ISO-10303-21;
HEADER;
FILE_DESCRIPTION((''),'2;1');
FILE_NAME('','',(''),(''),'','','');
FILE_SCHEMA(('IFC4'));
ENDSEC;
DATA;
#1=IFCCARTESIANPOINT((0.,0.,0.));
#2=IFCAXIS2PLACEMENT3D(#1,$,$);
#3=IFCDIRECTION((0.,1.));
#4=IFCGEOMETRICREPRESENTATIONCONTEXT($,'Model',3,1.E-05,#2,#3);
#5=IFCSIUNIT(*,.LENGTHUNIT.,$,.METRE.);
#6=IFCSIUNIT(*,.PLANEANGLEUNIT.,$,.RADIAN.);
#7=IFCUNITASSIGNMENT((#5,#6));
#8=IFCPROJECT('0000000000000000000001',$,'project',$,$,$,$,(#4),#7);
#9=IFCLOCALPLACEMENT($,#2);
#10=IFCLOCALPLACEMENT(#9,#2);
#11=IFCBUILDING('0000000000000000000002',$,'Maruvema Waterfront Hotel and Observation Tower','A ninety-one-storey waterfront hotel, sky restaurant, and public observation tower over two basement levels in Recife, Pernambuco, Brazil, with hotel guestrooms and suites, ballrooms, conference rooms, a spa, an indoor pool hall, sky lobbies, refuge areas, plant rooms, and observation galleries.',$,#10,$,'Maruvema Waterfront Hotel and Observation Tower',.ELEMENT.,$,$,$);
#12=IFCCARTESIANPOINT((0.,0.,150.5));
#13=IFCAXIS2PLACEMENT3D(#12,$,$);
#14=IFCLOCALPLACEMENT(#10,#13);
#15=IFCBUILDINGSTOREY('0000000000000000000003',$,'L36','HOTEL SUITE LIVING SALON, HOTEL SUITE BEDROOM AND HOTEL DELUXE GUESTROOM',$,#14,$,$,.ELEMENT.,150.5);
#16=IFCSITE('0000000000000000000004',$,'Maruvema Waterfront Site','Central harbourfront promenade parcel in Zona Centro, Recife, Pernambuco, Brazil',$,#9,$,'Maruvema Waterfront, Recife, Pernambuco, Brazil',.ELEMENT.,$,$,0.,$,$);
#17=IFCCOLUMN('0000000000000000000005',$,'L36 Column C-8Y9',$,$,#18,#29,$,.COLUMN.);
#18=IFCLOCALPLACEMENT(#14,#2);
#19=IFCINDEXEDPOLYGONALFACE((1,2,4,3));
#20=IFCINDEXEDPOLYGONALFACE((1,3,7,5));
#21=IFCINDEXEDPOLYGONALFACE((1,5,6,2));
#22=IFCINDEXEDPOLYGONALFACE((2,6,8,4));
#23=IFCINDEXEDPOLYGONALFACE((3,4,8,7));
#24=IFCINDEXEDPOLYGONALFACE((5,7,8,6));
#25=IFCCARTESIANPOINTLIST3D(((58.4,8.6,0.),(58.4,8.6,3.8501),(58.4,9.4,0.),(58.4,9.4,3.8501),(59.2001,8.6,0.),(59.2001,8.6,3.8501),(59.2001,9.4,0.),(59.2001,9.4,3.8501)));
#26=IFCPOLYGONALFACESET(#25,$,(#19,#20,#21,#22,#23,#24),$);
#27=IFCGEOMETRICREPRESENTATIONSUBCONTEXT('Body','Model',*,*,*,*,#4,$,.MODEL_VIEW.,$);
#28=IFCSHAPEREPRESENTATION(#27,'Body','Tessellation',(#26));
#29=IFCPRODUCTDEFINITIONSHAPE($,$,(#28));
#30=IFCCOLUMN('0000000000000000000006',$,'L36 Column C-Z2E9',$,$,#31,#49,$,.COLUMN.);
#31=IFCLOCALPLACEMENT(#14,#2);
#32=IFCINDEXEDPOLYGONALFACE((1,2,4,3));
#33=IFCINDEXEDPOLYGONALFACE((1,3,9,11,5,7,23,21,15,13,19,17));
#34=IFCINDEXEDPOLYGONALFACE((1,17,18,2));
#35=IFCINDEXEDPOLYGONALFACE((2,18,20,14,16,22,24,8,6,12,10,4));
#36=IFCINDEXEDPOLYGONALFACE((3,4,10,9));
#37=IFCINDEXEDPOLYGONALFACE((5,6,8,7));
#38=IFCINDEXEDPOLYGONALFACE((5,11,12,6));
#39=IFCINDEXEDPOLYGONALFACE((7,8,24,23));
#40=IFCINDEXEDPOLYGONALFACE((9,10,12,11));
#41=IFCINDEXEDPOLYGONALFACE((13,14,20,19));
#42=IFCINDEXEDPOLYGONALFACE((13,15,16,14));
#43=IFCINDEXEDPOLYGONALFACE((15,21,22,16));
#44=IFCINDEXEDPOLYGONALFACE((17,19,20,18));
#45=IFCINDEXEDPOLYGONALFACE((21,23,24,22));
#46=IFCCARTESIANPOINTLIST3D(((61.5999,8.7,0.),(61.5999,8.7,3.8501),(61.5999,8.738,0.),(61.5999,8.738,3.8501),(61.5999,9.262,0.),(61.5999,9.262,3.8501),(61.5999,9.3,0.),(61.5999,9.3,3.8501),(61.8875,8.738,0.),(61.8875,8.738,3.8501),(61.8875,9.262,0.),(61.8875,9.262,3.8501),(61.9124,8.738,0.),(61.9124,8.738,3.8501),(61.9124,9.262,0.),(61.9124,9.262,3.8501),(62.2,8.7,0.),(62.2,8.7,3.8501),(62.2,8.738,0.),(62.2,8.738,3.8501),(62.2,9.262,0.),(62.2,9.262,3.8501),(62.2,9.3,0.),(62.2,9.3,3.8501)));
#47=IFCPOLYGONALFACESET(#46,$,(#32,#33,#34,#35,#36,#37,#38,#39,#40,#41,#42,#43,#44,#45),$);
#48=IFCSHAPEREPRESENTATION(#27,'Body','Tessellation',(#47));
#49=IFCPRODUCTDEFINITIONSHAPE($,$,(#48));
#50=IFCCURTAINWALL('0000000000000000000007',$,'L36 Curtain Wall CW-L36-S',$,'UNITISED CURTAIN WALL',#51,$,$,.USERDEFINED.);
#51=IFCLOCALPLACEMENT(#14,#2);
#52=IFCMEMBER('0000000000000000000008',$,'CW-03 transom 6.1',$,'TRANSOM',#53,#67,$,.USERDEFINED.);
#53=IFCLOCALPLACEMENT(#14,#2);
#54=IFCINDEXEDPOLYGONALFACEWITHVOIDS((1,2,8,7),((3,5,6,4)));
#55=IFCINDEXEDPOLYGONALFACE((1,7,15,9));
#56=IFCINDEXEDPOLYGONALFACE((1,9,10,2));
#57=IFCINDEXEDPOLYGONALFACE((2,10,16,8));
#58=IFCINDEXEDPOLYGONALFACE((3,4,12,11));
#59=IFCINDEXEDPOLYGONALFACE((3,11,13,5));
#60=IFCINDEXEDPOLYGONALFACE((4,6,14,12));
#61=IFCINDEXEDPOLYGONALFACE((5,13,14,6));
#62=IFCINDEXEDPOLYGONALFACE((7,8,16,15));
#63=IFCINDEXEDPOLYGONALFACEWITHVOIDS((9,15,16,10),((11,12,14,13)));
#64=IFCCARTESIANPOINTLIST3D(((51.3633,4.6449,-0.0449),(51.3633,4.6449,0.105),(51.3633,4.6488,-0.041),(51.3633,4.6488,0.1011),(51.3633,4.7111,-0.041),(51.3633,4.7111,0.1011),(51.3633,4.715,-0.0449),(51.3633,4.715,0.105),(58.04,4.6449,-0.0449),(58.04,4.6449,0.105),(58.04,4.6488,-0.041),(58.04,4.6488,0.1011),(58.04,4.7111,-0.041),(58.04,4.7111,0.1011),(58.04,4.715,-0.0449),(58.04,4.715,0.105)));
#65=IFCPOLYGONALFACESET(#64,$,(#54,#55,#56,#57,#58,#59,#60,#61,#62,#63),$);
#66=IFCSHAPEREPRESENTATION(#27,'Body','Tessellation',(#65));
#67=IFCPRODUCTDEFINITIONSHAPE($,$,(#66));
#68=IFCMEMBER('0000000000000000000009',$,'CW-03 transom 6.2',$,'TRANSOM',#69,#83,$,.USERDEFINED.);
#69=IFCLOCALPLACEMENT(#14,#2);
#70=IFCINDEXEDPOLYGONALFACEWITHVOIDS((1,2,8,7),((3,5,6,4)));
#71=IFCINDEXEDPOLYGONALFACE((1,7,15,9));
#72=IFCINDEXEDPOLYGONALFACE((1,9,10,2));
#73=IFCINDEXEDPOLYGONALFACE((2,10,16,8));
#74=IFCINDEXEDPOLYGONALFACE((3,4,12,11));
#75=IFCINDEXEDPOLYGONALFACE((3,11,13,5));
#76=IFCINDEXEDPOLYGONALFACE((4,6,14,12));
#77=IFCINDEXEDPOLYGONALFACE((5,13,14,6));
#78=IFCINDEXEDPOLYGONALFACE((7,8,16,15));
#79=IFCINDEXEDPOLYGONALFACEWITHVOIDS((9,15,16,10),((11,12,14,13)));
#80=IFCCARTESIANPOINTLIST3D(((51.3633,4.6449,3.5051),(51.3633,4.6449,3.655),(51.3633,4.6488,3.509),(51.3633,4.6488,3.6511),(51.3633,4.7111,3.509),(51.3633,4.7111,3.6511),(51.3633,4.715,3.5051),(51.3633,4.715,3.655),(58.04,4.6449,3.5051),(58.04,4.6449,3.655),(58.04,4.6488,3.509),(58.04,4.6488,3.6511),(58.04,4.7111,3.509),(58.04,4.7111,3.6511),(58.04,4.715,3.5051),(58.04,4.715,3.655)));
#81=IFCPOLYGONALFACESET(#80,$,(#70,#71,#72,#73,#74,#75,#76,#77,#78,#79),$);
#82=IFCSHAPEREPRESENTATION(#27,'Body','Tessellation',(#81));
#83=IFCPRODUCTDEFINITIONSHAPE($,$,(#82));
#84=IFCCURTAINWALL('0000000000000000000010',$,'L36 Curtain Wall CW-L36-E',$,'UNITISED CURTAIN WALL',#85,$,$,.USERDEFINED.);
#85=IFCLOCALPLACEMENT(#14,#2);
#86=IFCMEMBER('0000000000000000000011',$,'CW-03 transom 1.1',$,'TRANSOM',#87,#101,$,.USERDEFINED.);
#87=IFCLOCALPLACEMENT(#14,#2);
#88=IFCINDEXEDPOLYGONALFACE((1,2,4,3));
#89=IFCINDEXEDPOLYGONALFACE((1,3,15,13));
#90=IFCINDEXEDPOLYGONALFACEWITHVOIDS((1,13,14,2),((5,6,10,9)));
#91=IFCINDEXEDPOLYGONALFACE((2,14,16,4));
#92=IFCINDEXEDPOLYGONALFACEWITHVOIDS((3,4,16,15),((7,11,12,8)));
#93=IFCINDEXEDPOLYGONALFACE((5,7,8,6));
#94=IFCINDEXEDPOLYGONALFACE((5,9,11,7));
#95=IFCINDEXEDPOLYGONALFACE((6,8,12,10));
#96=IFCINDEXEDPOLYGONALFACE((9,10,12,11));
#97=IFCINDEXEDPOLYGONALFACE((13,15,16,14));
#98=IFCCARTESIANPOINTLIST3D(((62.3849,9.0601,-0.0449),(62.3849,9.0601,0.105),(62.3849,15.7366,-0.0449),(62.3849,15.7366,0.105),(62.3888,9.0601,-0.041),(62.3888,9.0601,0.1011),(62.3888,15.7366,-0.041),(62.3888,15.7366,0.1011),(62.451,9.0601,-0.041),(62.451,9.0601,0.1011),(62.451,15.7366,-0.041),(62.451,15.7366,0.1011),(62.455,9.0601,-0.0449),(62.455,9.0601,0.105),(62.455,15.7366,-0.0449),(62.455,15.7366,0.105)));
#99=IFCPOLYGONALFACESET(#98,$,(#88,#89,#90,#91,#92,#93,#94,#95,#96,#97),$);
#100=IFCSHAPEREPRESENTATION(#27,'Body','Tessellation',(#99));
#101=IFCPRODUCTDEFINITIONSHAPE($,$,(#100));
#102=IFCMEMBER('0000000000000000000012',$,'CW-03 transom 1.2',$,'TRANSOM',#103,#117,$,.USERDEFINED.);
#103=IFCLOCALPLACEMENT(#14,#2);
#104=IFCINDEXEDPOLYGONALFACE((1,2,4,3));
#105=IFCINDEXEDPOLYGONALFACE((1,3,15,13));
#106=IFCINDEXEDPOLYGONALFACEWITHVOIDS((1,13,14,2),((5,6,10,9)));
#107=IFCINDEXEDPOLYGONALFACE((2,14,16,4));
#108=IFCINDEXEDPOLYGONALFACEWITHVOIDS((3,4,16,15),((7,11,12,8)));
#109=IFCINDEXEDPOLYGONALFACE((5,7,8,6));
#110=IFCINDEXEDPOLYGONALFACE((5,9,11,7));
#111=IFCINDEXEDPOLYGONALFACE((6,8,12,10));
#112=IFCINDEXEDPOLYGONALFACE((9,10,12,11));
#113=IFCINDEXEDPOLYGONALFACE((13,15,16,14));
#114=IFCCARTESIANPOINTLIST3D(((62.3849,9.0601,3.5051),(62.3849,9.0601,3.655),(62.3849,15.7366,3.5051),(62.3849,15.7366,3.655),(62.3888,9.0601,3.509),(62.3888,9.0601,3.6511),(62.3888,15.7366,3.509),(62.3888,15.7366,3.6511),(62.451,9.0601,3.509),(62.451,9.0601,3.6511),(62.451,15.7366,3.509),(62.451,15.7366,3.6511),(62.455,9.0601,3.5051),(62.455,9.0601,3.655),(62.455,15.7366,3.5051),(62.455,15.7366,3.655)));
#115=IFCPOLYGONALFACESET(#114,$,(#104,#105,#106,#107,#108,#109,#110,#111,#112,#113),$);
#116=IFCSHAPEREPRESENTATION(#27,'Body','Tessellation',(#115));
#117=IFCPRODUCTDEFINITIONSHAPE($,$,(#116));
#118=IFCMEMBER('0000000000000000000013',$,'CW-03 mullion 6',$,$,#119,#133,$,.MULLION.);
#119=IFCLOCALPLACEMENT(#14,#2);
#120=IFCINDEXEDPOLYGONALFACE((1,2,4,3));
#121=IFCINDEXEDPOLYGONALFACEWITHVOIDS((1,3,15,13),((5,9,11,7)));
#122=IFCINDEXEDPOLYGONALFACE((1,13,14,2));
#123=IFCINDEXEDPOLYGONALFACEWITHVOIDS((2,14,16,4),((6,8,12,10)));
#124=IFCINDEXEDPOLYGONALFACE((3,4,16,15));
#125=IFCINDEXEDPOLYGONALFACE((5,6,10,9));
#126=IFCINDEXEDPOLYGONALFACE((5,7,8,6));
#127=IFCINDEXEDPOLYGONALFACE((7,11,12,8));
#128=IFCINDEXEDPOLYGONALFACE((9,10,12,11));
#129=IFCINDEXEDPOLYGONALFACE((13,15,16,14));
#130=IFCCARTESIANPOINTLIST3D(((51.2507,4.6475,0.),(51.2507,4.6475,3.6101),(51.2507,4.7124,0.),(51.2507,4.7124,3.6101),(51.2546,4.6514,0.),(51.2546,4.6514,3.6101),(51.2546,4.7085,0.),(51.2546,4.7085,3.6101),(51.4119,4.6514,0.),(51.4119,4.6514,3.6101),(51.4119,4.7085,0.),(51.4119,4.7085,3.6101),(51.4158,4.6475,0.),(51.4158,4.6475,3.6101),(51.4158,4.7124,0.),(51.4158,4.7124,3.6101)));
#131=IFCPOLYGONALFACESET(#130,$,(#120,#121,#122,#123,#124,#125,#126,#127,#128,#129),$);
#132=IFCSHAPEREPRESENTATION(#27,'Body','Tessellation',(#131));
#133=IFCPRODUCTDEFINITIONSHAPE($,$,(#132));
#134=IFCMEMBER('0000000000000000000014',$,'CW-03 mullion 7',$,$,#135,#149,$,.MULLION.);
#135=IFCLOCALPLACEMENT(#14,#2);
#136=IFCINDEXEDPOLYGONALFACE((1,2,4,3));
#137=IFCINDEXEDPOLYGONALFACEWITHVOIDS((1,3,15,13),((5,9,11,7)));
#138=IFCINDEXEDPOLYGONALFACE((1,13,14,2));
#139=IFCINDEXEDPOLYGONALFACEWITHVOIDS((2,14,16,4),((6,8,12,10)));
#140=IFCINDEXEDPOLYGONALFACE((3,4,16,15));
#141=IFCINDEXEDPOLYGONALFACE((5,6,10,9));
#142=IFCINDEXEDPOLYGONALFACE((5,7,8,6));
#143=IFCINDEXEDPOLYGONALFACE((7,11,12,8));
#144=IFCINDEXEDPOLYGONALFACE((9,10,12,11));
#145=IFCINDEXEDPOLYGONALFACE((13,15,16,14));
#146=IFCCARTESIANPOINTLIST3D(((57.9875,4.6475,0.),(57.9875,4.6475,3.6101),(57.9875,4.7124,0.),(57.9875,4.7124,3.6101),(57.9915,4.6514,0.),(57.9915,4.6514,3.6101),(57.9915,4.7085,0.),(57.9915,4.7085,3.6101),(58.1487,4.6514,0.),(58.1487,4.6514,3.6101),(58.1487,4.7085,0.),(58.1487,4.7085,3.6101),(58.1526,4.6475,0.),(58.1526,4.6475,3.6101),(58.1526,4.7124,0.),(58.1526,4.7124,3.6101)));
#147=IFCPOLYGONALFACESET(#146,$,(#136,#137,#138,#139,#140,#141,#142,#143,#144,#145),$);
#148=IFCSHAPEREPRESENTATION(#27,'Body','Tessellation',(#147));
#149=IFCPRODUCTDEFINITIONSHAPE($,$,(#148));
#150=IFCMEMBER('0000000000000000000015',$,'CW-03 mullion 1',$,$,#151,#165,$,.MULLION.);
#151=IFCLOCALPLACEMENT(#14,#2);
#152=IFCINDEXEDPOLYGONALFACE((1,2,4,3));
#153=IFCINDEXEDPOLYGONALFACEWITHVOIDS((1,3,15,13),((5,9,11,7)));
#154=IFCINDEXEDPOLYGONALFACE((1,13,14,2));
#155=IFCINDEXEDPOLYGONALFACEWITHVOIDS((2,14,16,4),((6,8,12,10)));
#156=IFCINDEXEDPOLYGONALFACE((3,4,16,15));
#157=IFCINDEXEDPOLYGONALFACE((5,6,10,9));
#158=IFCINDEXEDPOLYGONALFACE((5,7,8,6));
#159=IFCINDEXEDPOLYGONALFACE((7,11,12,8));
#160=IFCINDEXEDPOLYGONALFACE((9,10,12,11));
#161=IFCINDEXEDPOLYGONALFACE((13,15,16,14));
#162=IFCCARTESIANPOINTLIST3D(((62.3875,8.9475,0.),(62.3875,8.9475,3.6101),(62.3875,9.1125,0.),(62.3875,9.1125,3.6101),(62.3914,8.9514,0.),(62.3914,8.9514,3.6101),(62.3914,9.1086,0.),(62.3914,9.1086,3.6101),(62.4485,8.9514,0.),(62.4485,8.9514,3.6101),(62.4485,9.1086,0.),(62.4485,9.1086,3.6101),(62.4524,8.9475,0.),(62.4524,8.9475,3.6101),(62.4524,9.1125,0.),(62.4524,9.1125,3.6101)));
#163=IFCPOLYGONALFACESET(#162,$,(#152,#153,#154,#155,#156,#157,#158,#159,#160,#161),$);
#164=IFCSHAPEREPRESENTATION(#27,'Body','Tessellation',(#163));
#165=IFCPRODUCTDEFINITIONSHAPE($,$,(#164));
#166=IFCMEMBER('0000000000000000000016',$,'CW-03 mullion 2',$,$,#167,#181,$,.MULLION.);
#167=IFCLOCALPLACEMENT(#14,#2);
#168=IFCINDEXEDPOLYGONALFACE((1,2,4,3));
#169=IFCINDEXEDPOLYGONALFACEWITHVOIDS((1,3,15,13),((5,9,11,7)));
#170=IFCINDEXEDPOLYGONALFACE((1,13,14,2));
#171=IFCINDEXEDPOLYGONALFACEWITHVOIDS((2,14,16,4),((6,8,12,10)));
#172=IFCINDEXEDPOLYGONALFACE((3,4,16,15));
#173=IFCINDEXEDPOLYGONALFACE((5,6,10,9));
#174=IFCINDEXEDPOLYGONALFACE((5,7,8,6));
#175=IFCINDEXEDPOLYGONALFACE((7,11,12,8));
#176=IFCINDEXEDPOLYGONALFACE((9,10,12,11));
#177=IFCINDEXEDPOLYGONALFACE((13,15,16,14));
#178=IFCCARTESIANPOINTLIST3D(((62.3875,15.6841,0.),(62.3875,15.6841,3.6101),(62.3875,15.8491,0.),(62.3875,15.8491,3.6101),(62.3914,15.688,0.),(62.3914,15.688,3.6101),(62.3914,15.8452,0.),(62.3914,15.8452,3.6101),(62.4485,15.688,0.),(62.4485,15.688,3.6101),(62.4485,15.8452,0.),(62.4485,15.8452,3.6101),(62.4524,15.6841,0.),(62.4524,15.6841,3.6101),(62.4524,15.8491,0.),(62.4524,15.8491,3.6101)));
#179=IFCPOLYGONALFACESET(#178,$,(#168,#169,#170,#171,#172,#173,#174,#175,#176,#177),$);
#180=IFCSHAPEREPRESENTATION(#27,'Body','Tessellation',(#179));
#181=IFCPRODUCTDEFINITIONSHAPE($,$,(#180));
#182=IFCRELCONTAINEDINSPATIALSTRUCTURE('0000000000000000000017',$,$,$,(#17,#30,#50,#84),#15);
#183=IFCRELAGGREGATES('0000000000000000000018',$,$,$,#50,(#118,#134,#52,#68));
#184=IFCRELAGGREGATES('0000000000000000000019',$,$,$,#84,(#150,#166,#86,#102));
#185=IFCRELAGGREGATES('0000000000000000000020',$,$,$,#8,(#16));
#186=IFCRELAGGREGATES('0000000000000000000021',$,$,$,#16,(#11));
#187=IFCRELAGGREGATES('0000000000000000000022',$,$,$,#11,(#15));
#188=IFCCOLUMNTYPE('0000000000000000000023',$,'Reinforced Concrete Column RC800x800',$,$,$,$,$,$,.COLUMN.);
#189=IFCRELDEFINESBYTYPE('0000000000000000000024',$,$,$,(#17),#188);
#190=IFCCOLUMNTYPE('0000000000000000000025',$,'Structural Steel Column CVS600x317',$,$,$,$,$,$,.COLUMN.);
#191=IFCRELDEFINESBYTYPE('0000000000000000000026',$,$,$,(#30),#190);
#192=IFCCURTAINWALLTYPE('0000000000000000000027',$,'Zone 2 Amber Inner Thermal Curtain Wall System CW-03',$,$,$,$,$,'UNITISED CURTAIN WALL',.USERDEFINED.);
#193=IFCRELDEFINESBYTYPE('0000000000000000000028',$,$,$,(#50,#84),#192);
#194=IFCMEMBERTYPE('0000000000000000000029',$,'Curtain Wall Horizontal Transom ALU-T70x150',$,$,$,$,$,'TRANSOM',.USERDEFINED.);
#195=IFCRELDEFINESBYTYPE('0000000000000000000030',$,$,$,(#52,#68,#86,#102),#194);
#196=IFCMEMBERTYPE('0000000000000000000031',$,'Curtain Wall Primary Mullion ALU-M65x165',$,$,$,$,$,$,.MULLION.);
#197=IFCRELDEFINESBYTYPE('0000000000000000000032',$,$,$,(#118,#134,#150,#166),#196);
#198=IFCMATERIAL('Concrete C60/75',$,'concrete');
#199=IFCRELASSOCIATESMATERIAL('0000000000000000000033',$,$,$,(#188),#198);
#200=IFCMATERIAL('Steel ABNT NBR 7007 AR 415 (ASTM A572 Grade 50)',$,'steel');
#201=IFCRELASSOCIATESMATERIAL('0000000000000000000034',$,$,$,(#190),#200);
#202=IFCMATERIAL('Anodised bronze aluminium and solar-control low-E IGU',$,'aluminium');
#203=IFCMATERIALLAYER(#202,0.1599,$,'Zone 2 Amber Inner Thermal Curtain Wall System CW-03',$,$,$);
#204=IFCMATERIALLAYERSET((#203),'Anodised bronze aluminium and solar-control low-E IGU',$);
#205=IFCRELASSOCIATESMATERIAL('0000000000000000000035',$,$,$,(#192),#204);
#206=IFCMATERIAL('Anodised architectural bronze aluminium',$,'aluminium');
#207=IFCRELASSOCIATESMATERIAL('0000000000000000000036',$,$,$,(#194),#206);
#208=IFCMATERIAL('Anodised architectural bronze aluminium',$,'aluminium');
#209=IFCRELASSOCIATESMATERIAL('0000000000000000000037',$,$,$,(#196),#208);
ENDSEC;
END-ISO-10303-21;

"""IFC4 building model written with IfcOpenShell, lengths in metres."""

from ifc_helpers import new_model, si_unit, direction, frame, origin, origin_2d, place, context, subcontext, project, spatial, rectangle, hollow_rectangle, i_section, extrude, material, layer, layer_set, material_profile, profile_set, type_object, element, aggregate, save


model = new_model("IFC4")

# Units and contexts
model_context = context("Model", 3, precision=1e-05, world=origin(), true_north=direction((0.0, 1.0)))
body_context = subcontext(model_context, "Body", "Model", "MODEL_VIEW")
ifc_project = project(units=[si_unit("LENGTHUNIT", "METRE"), si_unit("PLANEANGLEUNIT", "RADIAN")], contexts=[model_context])

# Site, building, storey
site_placement = place(None, origin())
site = spatial("IfcSite", under=ifc_project, at=site_placement, Name="Maruvema Waterfront Site", Description="Central harbourfront promenade parcel in Zona Centro, Recife, Pernambuco, Brazil", LongName="Maruvema Waterfront, Recife, Pernambuco, Brazil", CompositionType="ELEMENT", RefElevation=0.0)
building_placement = place(site_placement, origin())
building = spatial("IfcBuilding", under=site, at=building_placement, Name="Maruvema Waterfront Hotel and Observation Tower", Description="A ninety-one-storey waterfront hotel, sky restaurant, and public observation tower over two basement levels in Recife, Pernambuco, Brazil, with hotel guestrooms and suites, ballrooms, conference rooms, a spa, an indoor pool hall, sky lobbies, refuge areas, plant rooms, and observation galleries.", LongName="Maruvema Waterfront Hotel and Observation Tower", CompositionType="ELEMENT")
storey_placement = place(building_placement, frame((0.0, 0.0, 150.5)))
storey = spatial("IfcBuildingStorey", under=building, at=storey_placement, Name="L36", Description="HOTEL SUITE LIVING SALON, HOTEL SUITE BEDROOM AND HOTEL DELUXE GUESTROOM", CompositionType="ELEMENT", Elevation=150.5)

# Columns
ifc_material_1 = material(Name="Concrete C60/75", Category="concrete")
ifc_material_profile_1 = material_profile(ifc_material_1, rectangle(XDim=0.8, YDim=0.8, at=origin_2d()), Name="RC800x800")
ifc_profile_set_1 = profile_set([ifc_material_profile_1], Name="Concrete C60/75")
column_type_1 = type_object("IfcColumnType", Name="Reinforced Concrete Column RC800x800", PredefinedType="COLUMN", material=ifc_profile_set_1)
column_1_placement = place(storey_placement, frame((58.8, 9.0, 0.0), z_axis=(0.0, 0.0, 1.0), x_axis=(1.0, 0.0, 0.0)))
element("IfcColumn", 1, at=column_1_placement, inside=storey, type_object=column_type_1, Name="L36 Column C-8Y9", PredefinedType="COLUMN", context=body_context, shape_type="SweptSolid", body=[
    extrude(rectangle(XDim=0.8, YDim=0.8, at=origin_2d()), origin(), (0.0, 0.0, 1.0), 3.8501),
])
ifc_material_2 = material(Name="Steel ABNT NBR 7007 AR 415 (ASTM A572 Grade 50)", Category="steel")
ifc_material_profile_2 = material_profile(ifc_material_2, i_section(OverallWidth=0.6001, OverallDepth=0.6001, WebThickness=0.0249, FlangeThickness=0.0381, at=origin_2d()), Name="CVS600x317")
ifc_profile_set_2 = profile_set([ifc_material_profile_2], Name="Steel ABNT NBR 7007 AR 415 (ASTM A572 Grade 50)")
column_type_2 = type_object("IfcColumnType", Name="Structural Steel Column CVS600x317", PredefinedType="COLUMN", material=ifc_profile_set_2)
column_2_placement = place(storey_placement, frame((61.8999, 9.0, 0.0), z_axis=(0.0, 0.0, 1.0), x_axis=(1.0, 0.0, 0.0)))
element("IfcColumn", 2, at=column_2_placement, inside=storey, type_object=column_type_2, Name="L36 Column C-Z2E9", PredefinedType="COLUMN", context=body_context, shape_type="SweptSolid", body=[
    extrude(i_section(OverallWidth=0.6001, OverallDepth=0.6001, WebThickness=0.0249, FlangeThickness=0.0381, at=origin_2d()), origin(), (0.0, 0.0, 1.0), 3.8501),
])

# Curtain walls, members
ifc_material_3 = material(Name="Anodised bronze aluminium and solar-control low-E IGU", Category="aluminium")
ifc_layer_1 = layer(ifc_material_3, 0.1599, Name="Zone 2 Amber Inner Thermal Curtain Wall System CW-03")
ifc_layer_set_1 = layer_set([ifc_layer_1], Name="Anodised bronze aluminium and solar-control low-E IGU")
curtain_wall_type = type_object("IfcCurtainWallType", Name="Zone 2 Amber Inner Thermal Curtain Wall System CW-03", ElementType="UNITISED CURTAIN WALL", PredefinedType="USERDEFINED", material=ifc_layer_set_1)
curtain_wall_1_placement = place(storey_placement, origin())
curtain_wall_1 = element("IfcCurtainWall", 3, at=curtain_wall_1_placement, inside=storey, type_object=curtain_wall_type, Name="L36 Curtain Wall CW-L36-S", ObjectType="UNITISED CURTAIN WALL", PredefinedType="USERDEFINED")
ifc_material_4 = material(Name="Anodised architectural bronze aluminium", Category="aluminium")
ifc_material_profile_3 = material_profile(ifc_material_4, hollow_rectangle(XDim=0.0701, YDim=0.1499, WallThickness=0.0039, at=origin_2d()), Name="ALU-T70x150")
ifc_profile_set_3 = profile_set([ifc_material_profile_3], Name="Anodised architectural bronze aluminium")
member_type_1 = type_object("IfcMemberType", Name="Curtain Wall Horizontal Transom ALU-T70x150", ElementType="TRANSOM", PredefinedType="USERDEFINED", material=ifc_profile_set_3)
member_1_placement = place(storey_placement, frame((51.3633, 4.6799, 0.03), z_axis=(1.0, 0.0, 0.0), x_axis=(0.0, 1.0, 0.0)))
member_1 = element("IfcMember", 4, at=member_1_placement, type_object=member_type_1, Name="CW-03 transom 6.1", ObjectType="TRANSOM", PredefinedType="USERDEFINED", context=body_context, shape_type="SweptSolid", body=[
    extrude(hollow_rectangle(XDim=0.0701, YDim=0.1499, WallThickness=0.0039, at=origin_2d()), origin(), (0.0, 0.0, 1.0), 6.6768),
])
member_2_placement = place(storey_placement, frame((51.3633, 4.6799, 3.5801), z_axis=(1.0, 0.0, 0.0), x_axis=(0.0, 1.0, 0.0)))
member_2 = element("IfcMember", 5, at=member_2_placement, type_object=member_type_1, Name="CW-03 transom 6.2", ObjectType="TRANSOM", PredefinedType="USERDEFINED", context=body_context, shape_type="SweptSolid", body=[
    extrude(hollow_rectangle(XDim=0.0701, YDim=0.1499, WallThickness=0.0039, at=origin_2d()), origin(), (0.0, 0.0, 1.0), 6.6768),
])
curtain_wall_2_placement = place(storey_placement, origin())
curtain_wall_2 = element("IfcCurtainWall", 6, at=curtain_wall_2_placement, inside=storey, type_object=curtain_wall_type, Name="L36 Curtain Wall CW-L36-E", ObjectType="UNITISED CURTAIN WALL", PredefinedType="USERDEFINED")
member_3_placement = place(storey_placement, frame((62.4199, 9.0601, 0.03), z_axis=(0.0, 1.0, 0.0), x_axis=(-1.0, 0.0, 0.0)))
member_3 = element("IfcMember", 7, at=member_3_placement, type_object=member_type_1, Name="CW-03 transom 1.1", ObjectType="TRANSOM", PredefinedType="USERDEFINED", context=body_context, shape_type="SweptSolid", body=[
    extrude(hollow_rectangle(XDim=0.0701, YDim=0.1499, WallThickness=0.0039, at=origin_2d()), origin(), (0.0, 0.0, 1.0), 6.6765),
])
member_4_placement = place(storey_placement, frame((62.4199, 9.0601, 3.5801), z_axis=(0.0, 1.0, 0.0), x_axis=(-1.0, 0.0, 0.0)))
member_4 = element("IfcMember", 8, at=member_4_placement, type_object=member_type_1, Name="CW-03 transom 1.2", ObjectType="TRANSOM", PredefinedType="USERDEFINED", context=body_context, shape_type="SweptSolid", body=[
    extrude(hollow_rectangle(XDim=0.0701, YDim=0.1499, WallThickness=0.0039, at=origin_2d()), origin(), (0.0, 0.0, 1.0), 6.6765),
])

# Members
ifc_material_5 = material(Name="Anodised architectural bronze aluminium", Category="aluminium")
ifc_material_profile_4 = material_profile(ifc_material_5, hollow_rectangle(XDim=0.0649, YDim=0.165, WallThickness=0.0039, at=origin_2d()), Name="ALU-M65x165")
ifc_profile_set_4 = profile_set([ifc_material_profile_4], Name="Anodised architectural bronze aluminium")
member_type_2 = type_object("IfcMemberType", Name="Curtain Wall Primary Mullion ALU-M65x165", PredefinedType="MULLION", material=ifc_profile_set_4)
member_5_placement = place(storey_placement, frame((51.3333, 4.6799, 0.0), z_axis=(0.0, 0.0, 1.0), x_axis=(0.0, 1.0, 0.0)))
member_5 = element("IfcMember", 9, at=member_5_placement, type_object=member_type_2, Name="CW-03 mullion 6", PredefinedType="MULLION", context=body_context, shape_type="SweptSolid", body=[
    extrude(hollow_rectangle(XDim=0.0649, YDim=0.165, WallThickness=0.0039, at=origin_2d()), origin(), (0.0, 0.0, 1.0), 3.6101),
])
member_6_placement = place(storey_placement, frame((58.0701, 4.6799, 0.0), z_axis=(0.0, 0.0, 1.0), x_axis=(0.0, 1.0, 0.0)))
member_6 = element("IfcMember", 10, at=member_6_placement, type_object=member_type_2, Name="CW-03 mullion 7", PredefinedType="MULLION", context=body_context, shape_type="SweptSolid", body=[
    extrude(hollow_rectangle(XDim=0.0649, YDim=0.165, WallThickness=0.0039, at=origin_2d()), origin(), (0.0, 0.0, 1.0), 3.6101),
])
member_7_placement = place(storey_placement, frame((62.4199, 9.03, 0.0), z_axis=(0.0, 0.0, 1.0), x_axis=(-1.0, 0.0, 0.0)))
member_7 = element("IfcMember", 11, at=member_7_placement, type_object=member_type_2, Name="CW-03 mullion 1", PredefinedType="MULLION", context=body_context, shape_type="SweptSolid", body=[
    extrude(hollow_rectangle(XDim=0.0649, YDim=0.165, WallThickness=0.0039, at=origin_2d()), origin(), (0.0, 0.0, 1.0), 3.6101),
])
member_8_placement = place(storey_placement, frame((62.4199, 15.7666, 0.0), z_axis=(0.0, 0.0, 1.0), x_axis=(-1.0, 0.0, 0.0)))
member_8 = element("IfcMember", 12, at=member_8_placement, type_object=member_type_2, Name="CW-03 mullion 2", PredefinedType="MULLION", context=body_context, shape_type="SweptSolid", body=[
    extrude(hollow_rectangle(XDim=0.0649, YDim=0.165, WallThickness=0.0039, at=origin_2d()), origin(), (0.0, 0.0, 1.0), 3.6101),
])

aggregate(curtain_wall_1, [member_5, member_6, member_1, member_2])
aggregate(curtain_wall_2, [member_7, member_8, member_3, member_4])

save(model, "model.ifc")
